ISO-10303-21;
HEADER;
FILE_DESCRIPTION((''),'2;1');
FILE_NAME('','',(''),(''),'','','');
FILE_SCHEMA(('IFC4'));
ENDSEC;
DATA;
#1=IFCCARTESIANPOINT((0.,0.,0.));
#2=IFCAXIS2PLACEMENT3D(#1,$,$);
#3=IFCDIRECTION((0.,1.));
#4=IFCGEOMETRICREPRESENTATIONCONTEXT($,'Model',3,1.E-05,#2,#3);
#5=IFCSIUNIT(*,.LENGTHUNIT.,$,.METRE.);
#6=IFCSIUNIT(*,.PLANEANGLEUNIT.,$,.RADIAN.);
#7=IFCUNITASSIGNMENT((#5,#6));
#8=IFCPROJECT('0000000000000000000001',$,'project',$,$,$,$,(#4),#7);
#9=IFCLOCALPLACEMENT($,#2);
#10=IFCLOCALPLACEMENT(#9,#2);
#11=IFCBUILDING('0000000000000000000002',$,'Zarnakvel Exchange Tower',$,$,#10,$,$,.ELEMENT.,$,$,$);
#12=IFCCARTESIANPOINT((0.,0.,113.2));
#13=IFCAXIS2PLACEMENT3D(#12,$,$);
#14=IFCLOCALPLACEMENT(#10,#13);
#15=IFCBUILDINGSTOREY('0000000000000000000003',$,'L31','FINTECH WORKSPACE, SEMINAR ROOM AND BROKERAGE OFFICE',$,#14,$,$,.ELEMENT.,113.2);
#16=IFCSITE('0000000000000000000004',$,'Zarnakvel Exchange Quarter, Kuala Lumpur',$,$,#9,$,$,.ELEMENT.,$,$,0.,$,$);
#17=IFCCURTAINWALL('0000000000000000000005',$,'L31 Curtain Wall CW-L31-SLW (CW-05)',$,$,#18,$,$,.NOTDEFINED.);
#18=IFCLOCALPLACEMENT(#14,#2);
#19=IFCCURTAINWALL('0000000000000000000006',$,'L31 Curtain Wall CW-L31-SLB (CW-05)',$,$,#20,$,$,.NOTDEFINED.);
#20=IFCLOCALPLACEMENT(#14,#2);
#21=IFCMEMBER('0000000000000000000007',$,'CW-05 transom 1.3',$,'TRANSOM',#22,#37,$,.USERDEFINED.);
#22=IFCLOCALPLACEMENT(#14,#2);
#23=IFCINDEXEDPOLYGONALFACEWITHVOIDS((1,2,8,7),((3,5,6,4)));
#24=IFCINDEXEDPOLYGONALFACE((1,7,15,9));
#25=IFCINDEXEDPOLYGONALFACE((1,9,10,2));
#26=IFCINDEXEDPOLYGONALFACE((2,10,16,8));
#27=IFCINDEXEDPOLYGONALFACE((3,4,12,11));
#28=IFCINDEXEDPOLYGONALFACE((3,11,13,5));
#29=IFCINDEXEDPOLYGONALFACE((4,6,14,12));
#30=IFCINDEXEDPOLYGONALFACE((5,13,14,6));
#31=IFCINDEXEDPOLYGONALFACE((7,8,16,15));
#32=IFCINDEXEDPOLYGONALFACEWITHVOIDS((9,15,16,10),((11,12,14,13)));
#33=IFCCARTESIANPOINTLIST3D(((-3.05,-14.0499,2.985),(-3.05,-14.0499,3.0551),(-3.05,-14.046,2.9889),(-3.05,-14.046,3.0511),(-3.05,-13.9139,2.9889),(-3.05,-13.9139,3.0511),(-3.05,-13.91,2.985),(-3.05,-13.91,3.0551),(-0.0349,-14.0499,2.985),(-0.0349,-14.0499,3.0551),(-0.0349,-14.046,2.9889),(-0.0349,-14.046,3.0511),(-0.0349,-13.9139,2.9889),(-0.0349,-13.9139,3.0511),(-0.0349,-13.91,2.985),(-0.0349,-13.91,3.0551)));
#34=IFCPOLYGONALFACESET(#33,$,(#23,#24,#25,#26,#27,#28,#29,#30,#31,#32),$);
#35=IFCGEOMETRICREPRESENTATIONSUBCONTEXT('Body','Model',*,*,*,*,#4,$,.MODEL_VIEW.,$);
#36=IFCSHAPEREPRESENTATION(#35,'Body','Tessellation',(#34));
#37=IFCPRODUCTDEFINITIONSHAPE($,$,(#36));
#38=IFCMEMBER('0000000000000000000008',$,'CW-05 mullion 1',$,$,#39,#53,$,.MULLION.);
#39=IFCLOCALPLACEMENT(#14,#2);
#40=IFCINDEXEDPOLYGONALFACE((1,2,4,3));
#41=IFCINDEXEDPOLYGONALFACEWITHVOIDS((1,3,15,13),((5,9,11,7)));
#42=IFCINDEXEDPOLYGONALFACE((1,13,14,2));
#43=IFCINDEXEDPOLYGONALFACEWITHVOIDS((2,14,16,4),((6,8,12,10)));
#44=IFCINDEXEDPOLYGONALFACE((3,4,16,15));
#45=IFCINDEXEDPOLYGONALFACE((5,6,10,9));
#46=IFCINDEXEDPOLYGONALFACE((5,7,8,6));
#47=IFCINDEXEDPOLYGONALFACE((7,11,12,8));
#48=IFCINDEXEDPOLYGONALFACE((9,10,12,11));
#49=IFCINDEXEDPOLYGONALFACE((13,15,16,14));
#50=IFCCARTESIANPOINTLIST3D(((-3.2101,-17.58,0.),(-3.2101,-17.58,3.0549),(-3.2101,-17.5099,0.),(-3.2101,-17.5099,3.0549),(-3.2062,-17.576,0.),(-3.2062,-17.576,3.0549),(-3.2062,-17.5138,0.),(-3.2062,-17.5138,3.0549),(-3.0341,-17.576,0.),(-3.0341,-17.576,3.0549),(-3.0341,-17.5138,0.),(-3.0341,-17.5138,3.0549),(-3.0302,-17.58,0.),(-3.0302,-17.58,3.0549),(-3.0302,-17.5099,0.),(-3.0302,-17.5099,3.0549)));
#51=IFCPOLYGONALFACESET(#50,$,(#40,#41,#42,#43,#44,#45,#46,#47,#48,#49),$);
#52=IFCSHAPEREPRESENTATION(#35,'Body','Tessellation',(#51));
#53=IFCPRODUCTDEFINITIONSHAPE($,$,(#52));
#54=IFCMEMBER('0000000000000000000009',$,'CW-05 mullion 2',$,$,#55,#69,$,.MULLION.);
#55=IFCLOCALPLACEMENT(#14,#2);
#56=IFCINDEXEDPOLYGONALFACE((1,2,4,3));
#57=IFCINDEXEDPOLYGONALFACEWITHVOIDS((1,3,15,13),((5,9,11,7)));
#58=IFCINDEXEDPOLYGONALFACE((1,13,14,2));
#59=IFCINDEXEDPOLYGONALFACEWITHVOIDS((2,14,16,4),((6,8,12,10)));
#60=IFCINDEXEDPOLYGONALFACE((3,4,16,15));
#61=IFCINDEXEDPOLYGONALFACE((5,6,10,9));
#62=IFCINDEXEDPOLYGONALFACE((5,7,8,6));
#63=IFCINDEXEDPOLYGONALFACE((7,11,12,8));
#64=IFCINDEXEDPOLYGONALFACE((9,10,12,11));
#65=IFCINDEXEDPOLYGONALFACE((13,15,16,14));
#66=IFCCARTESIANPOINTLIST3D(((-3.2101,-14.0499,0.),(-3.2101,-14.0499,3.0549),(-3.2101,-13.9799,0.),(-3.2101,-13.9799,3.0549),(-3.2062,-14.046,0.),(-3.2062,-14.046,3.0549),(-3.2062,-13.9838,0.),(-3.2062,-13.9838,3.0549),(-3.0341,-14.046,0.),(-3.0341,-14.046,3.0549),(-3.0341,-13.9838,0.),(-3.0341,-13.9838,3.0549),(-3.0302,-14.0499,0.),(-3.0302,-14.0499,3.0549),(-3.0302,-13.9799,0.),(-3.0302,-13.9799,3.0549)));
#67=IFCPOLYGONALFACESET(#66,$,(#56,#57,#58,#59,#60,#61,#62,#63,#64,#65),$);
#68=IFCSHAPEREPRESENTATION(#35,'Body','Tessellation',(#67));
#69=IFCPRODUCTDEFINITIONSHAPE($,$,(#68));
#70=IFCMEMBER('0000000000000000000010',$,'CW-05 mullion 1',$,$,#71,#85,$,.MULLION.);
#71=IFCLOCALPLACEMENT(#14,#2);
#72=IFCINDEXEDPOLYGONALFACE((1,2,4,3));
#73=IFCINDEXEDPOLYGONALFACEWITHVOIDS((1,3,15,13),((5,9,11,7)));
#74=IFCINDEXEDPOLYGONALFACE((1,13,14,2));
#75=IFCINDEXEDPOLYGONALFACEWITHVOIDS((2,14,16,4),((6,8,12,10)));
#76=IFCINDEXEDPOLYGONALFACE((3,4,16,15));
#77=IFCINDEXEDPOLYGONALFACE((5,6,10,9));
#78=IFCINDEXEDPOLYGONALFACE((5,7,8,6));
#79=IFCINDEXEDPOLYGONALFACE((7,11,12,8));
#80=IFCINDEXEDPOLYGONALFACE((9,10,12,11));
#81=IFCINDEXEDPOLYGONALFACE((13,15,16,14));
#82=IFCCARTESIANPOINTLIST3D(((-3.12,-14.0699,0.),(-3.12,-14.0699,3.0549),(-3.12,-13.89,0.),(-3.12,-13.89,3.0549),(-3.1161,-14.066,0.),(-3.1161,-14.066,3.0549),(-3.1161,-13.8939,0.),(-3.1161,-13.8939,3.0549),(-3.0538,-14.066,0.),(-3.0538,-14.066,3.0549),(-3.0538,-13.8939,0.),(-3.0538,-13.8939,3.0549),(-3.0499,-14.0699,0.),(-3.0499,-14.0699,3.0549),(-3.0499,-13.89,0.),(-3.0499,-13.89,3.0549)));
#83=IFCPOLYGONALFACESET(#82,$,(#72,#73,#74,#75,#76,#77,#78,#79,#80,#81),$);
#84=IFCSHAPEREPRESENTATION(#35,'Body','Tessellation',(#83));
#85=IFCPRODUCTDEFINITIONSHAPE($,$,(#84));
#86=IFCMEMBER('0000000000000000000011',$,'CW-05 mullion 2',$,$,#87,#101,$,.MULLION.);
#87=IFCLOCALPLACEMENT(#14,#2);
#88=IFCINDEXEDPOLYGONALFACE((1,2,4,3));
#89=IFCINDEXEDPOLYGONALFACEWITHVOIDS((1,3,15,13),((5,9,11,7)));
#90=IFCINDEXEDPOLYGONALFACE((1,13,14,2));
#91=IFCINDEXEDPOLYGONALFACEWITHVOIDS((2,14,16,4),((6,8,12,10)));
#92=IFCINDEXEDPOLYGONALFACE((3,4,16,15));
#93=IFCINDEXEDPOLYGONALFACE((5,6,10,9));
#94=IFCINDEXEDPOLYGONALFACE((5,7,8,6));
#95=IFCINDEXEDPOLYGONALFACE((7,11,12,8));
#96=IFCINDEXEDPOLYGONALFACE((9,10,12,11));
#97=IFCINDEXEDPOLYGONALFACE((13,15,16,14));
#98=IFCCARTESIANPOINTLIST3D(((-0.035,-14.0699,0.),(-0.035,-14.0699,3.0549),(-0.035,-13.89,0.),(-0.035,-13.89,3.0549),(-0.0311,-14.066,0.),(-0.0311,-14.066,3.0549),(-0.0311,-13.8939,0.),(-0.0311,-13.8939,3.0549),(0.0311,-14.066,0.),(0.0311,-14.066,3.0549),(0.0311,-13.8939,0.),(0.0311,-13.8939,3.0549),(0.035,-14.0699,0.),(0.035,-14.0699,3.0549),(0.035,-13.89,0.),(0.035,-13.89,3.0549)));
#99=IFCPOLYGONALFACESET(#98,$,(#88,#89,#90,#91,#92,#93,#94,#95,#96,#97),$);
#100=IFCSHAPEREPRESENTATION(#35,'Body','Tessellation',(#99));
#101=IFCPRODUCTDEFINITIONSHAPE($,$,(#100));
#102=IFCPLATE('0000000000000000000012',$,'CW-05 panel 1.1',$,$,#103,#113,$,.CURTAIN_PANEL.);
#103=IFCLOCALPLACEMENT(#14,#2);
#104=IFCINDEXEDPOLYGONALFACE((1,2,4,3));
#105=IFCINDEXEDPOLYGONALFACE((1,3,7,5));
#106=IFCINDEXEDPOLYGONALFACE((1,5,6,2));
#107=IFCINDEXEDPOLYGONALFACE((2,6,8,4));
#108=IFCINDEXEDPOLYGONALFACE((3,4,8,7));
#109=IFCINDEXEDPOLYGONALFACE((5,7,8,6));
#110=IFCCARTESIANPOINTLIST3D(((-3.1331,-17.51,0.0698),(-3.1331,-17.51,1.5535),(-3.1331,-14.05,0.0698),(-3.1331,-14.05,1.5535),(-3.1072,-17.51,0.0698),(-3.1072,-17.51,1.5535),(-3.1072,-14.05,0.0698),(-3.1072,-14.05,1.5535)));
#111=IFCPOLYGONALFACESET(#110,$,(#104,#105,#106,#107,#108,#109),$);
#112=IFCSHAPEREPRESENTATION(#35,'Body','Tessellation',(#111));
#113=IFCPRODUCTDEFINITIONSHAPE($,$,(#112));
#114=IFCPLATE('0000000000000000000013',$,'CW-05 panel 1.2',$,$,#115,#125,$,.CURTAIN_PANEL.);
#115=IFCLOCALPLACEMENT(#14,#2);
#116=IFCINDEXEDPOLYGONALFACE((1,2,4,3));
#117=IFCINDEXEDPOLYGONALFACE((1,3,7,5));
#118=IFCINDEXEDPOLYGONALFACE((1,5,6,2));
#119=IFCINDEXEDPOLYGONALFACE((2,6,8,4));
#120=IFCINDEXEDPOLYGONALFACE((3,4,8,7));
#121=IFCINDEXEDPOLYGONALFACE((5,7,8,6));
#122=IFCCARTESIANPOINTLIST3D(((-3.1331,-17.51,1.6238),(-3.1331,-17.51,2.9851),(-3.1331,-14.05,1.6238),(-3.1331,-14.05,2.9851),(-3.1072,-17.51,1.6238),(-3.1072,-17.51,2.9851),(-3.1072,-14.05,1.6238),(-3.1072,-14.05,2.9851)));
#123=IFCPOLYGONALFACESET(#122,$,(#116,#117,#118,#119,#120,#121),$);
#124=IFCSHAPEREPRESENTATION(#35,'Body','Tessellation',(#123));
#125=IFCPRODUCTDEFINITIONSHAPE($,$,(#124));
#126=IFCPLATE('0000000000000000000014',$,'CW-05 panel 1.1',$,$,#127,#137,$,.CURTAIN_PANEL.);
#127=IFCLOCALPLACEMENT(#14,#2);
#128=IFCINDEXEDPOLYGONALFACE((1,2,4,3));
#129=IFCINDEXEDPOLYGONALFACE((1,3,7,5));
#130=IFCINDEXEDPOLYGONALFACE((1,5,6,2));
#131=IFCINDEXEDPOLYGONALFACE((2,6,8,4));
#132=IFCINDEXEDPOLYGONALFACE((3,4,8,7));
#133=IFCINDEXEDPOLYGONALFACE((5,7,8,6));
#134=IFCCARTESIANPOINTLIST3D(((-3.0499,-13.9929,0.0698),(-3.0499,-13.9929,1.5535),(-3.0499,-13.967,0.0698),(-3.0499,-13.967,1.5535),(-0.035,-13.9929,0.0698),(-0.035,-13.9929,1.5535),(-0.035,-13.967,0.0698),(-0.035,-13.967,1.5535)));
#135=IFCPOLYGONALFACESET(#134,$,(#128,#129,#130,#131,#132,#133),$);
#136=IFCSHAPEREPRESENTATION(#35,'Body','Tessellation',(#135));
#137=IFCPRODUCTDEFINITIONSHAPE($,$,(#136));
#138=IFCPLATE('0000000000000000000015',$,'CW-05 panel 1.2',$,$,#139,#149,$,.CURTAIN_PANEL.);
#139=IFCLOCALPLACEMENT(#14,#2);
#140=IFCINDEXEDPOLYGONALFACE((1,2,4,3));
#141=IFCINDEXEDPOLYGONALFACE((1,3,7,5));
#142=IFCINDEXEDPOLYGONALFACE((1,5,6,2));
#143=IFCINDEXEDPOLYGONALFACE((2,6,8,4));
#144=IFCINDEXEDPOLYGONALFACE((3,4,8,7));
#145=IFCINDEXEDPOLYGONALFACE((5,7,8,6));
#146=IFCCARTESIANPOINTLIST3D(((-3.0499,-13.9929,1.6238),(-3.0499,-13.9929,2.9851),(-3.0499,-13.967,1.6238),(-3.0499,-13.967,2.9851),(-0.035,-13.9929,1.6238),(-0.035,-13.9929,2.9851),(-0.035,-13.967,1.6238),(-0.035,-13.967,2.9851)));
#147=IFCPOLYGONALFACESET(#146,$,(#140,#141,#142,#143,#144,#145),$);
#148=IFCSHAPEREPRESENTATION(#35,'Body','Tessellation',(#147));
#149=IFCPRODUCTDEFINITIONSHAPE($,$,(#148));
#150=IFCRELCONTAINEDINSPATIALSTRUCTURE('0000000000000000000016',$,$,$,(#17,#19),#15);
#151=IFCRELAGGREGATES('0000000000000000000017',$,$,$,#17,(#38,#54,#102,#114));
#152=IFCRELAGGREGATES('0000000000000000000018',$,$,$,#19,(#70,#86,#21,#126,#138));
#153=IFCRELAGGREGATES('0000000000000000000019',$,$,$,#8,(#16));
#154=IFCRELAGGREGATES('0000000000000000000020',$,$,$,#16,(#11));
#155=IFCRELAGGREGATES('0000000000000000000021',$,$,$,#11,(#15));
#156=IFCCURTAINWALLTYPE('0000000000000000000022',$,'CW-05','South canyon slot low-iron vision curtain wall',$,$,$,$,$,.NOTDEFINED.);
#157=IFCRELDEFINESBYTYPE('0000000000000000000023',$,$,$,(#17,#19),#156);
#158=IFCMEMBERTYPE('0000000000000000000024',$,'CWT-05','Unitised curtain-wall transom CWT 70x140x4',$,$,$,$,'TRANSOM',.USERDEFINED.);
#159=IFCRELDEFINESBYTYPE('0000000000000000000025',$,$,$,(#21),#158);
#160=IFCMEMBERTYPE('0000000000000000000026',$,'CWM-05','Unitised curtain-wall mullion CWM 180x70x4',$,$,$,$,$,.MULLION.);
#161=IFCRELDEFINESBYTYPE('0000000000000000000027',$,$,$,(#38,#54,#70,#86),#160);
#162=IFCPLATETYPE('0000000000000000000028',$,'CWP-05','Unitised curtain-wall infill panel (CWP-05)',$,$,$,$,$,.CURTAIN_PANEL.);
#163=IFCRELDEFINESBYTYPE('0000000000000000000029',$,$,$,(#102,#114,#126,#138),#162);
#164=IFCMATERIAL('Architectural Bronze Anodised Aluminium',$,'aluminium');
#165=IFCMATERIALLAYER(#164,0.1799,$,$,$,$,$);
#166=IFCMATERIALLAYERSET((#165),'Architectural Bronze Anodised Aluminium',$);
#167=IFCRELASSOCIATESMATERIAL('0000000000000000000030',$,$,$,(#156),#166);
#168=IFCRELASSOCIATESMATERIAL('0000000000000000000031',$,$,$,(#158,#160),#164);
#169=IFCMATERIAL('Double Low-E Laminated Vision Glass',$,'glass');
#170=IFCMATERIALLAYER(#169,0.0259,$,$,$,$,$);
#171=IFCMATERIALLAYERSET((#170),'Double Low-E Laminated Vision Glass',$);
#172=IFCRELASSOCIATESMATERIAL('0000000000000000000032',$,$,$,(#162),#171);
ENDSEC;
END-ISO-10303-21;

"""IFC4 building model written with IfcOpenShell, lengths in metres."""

from ifc_helpers import new_model, si_unit, direction, frame, origin, origin_2d, place, context, subcontext, project, spatial, rectangle, hollow_rectangle, extrude, source, transform, mapped, material, layer, layer_set, material_profile, profile_set, type_object, element, aggregate, save


model = new_model("IFC4")

# Units and contexts
model_context = context("Model", 3, precision=1e-05, world=origin(), true_north=direction((0.0, 1.0)))
body_context = subcontext(model_context, "Body", "Model", "MODEL_VIEW")
ifc_project = project(units=[si_unit("LENGTHUNIT", "METRE"), si_unit("PLANEANGLEUNIT", "RADIAN")], contexts=[model_context])

# Site, building, storey
site_placement = place(None, origin())
site = spatial("IfcSite", under=ifc_project, at=site_placement, Name="Zarnakvel Exchange Quarter, Kuala Lumpur", CompositionType="ELEMENT", RefElevation=0.0)
building_placement = place(site_placement, origin())
building = spatial("IfcBuilding", under=site, at=building_placement, Name="Zarnakvel Exchange Tower", CompositionType="ELEMENT")
storey_placement = place(building_placement, frame((0.0, 0.0, 113.2)))
storey = spatial("IfcBuildingStorey", under=building, at=storey_placement, Name="L31", Description="FINTECH WORKSPACE, SEMINAR ROOM AND BROKERAGE OFFICE", CompositionType="ELEMENT", Elevation=113.2)

# Curtain walls, member
ifc_material_1 = material(Name="Architectural Bronze Anodised Aluminium", Category="aluminium")
ifc_layer_1 = layer(ifc_material_1, 0.1799)
ifc_layer_set_1 = layer_set([ifc_layer_1], Name="Architectural Bronze Anodised Aluminium")
curtain_wall_type = type_object("IfcCurtainWallType", Name="CW-05", Description="South canyon slot low-iron vision curtain wall", PredefinedType="NOTDEFINED", material=ifc_layer_set_1)
curtain_wall_1_placement = place(storey_placement, origin())
curtain_wall_1 = element("IfcCurtainWall", 1, at=curtain_wall_1_placement, inside=storey, type_object=curtain_wall_type, Name="L31 Curtain Wall CW-L31-SLW (CW-05)", PredefinedType="NOTDEFINED")
ifc_material_profile_1 = material_profile(ifc_material_1, hollow_rectangle(XDim=0.1399, YDim=0.0701, WallThickness=0.0039, at=origin_2d()))
ifc_profile_set_1 = profile_set([ifc_material_profile_1], Name="Architectural Bronze Anodised Aluminium")
member_type_1 = type_object("IfcMemberType", Name="CWT-05", Description="Unitised curtain-wall transom CWT 70x140x4", ElementType="TRANSOM", PredefinedType="USERDEFINED", material=ifc_profile_set_1)
curtain_wall_2_placement = place(storey_placement, origin())
curtain_wall_2 = element("IfcCurtainWall", 2, at=curtain_wall_2_placement, inside=storey, type_object=curtain_wall_type, Name="L31 Curtain Wall CW-L31-SLB (CW-05)", PredefinedType="NOTDEFINED")
shared_shape_1 = source(origin(), body_context, "Body", "SweptSolid", [
    extrude(hollow_rectangle(XDim=0.1399, YDim=0.0701, WallThickness=0.0039, at=origin_2d()), origin(), (0.0, 0.0, 1.0), 3.0151),
])
member_1_placement = place(storey_placement, frame((-3.05, -13.98, 3.02), z_axis=(1.0, 0.0, 0.0), x_axis=(0.0, 1.0, 0.0)))
member_1 = element("IfcMember", 3, at=member_1_placement, type_object=member_type_1, Name="CW-05 transom 1.3", ObjectType="TRANSOM", PredefinedType="USERDEFINED", context=body_context, shape_type="MappedRepresentation", body=[
    mapped(shared_shape_1, transform((0.0, 0.0, 0.0), x_axis=(1.0, 0.0, 0.0), y_axis=(0.0, 1.0, 0.0), z_axis=(0.0, 0.0, 1.0), scale=1.0)),
])

# Members
ifc_material_profile_2 = material_profile(ifc_material_1, hollow_rectangle(XDim=0.1799, YDim=0.0701, WallThickness=0.0039, at=origin_2d()))
ifc_profile_set_2 = profile_set([ifc_material_profile_2], Name="Architectural Bronze Anodised Aluminium")
member_type_2 = type_object("IfcMemberType", Name="CWM-05", Description="Unitised curtain-wall mullion CWM 180x70x4", PredefinedType="MULLION", material=ifc_profile_set_2)
shared_shape_2 = source(origin(), body_context, "Body", "SweptSolid", [
    extrude(hollow_rectangle(XDim=0.1799, YDim=0.0701, WallThickness=0.0039, at=origin_2d()), origin(), (0.0, 0.0, 1.0), 3.0549),
])
member_2_placement = place(storey_placement, frame((-3.1201, -17.5449, 0.0), z_axis=(0.0, 0.0, 1.0), x_axis=(-1.0, 0.0, 0.0)))
member_2 = element("IfcMember", 4, at=member_2_placement, type_object=member_type_2, Name="CW-05 mullion 1", PredefinedType="MULLION", context=body_context, shape_type="MappedRepresentation", body=[
    mapped(shared_shape_2, transform((0.0, 0.0, 0.0), x_axis=(1.0, 0.0, 0.0), y_axis=(0.0, 1.0, 0.0), z_axis=(0.0, 0.0, 1.0), scale=1.0)),
])
member_3_placement = place(storey_placement, frame((-3.1201, -14.0149, 0.0), z_axis=(0.0, 0.0, 1.0), x_axis=(-1.0, 0.0, 0.0)))
member_3 = element("IfcMember", 5, at=member_3_placement, type_object=member_type_2, Name="CW-05 mullion 2", PredefinedType="MULLION", context=body_context, shape_type="MappedRepresentation", body=[
    mapped(shared_shape_2, transform((0.0, 0.0, 0.0), x_axis=(1.0, 0.0, 0.0), y_axis=(0.0, 1.0, 0.0), z_axis=(0.0, 0.0, 1.0), scale=1.0)),
])
member_4_placement = place(storey_placement, frame((-3.085, -13.98, 0.0), z_axis=(0.0, 0.0, 1.0), x_axis=(0.0, 1.0, 0.0)))
member_4 = element("IfcMember", 6, at=member_4_placement, type_object=member_type_2, Name="CW-05 mullion 1", PredefinedType="MULLION", context=body_context, shape_type="MappedRepresentation", body=[
    mapped(shared_shape_2, transform((0.0, 0.0, 0.0), x_axis=(1.0, 0.0, 0.0), y_axis=(0.0, 1.0, 0.0), z_axis=(0.0, 0.0, 1.0), scale=1.0)),
])
member_5_placement = place(storey_placement, frame((0.0, -13.98, 0.0), z_axis=(0.0, 0.0, 1.0), x_axis=(0.0, 1.0, 0.0)))
member_5 = element("IfcMember", 7, at=member_5_placement, type_object=member_type_2, Name="CW-05 mullion 2", PredefinedType="MULLION", context=body_context, shape_type="MappedRepresentation", body=[
    mapped(shared_shape_2, transform((0.0, 0.0, 0.0), x_axis=(1.0, 0.0, 0.0), y_axis=(0.0, 1.0, 0.0), z_axis=(0.0, 0.0, 1.0), scale=1.0)),
])

# Plates
ifc_material_2 = material(Name="Double Low-E Laminated Vision Glass", Category="glass")
ifc_layer_2 = layer(ifc_material_2, 0.0259)
ifc_layer_set_2 = layer_set([ifc_layer_2], Name="Double Low-E Laminated Vision Glass")
plate_type = type_object("IfcPlateType", Name="CWP-05", Description="Unitised curtain-wall infill panel (CWP-05)", PredefinedType="CURTAIN_PANEL", material=ifc_layer_set_2)
shared_shape_3 = source(origin(), body_context, "Body", "SweptSolid", [
    extrude(rectangle(XDim=3.46, YDim=0.0259, at=origin_2d()), origin(), (0.0, 0.0, 1.0), 1.4836),
])
plate_1_placement = place(storey_placement, frame((-3.1201, -15.78, 0.0698), z_axis=(0.0, 0.0, 1.0), x_axis=(0.0, 1.0, 0.0)))
plate_1 = element("IfcPlate", 8, at=plate_1_placement, type_object=plate_type, Name="CW-05 panel 1.1", PredefinedType="CURTAIN_PANEL", context=body_context, shape_type="MappedRepresentation", body=[
    mapped(shared_shape_3, transform((0.0, 0.0, 0.0), x_axis=(1.0, 0.0, 0.0), y_axis=(0.0, 1.0, 0.0), z_axis=(0.0, 0.0, 1.0), scale=1.0)),
])
shared_shape_4 = source(origin(), body_context, "Body", "SweptSolid", [
    extrude(rectangle(XDim=3.46, YDim=0.0259, at=origin_2d()), origin(), (0.0, 0.0, 1.0), 1.3613),
])
plate_2_placement = place(storey_placement, frame((-3.1201, -15.78, 1.6238), z_axis=(0.0, 0.0, 1.0), x_axis=(0.0, 1.0, 0.0)))
plate_2 = element("IfcPlate", 9, at=plate_2_placement, type_object=plate_type, Name="CW-05 panel 1.2", PredefinedType="CURTAIN_PANEL", context=body_context, shape_type="MappedRepresentation", body=[
    mapped(shared_shape_4, transform((0.0, 0.0, 0.0), x_axis=(1.0, 0.0, 0.0), y_axis=(0.0, 1.0, 0.0), z_axis=(0.0, 0.0, 1.0), scale=1.0)),
])
aggregate(curtain_wall_1, [member_2, member_3, plate_1, plate_2])
shared_shape_5 = source(origin(), body_context, "Body", "SweptSolid", [
    extrude(rectangle(XDim=3.0149, YDim=0.0259, at=origin_2d()), origin(), (0.0, 0.0, 1.0), 1.4836),
])
plate_3_placement = place(storey_placement, frame((-1.5425, -13.98, 0.0698), z_axis=(0.0, 0.0, 1.0), x_axis=(1.0, 0.0, 0.0)))
plate_3 = element("IfcPlate", 10, at=plate_3_placement, type_object=plate_type, Name="CW-05 panel 1.1", PredefinedType="CURTAIN_PANEL", context=body_context, shape_type="MappedRepresentation", body=[
    mapped(shared_shape_5, transform((0.0, 0.0, 0.0), x_axis=(1.0, 0.0, 0.0), y_axis=(0.0, 1.0, 0.0), z_axis=(0.0, 0.0, 1.0), scale=1.0)),
])
shared_shape_6 = source(origin(), body_context, "Body", "SweptSolid", [
    extrude(rectangle(XDim=3.0149, YDim=0.0259, at=origin_2d()), origin(), (0.0, 0.0, 1.0), 1.3613),
])
plate_4_placement = place(storey_placement, frame((-1.5425, -13.98, 1.6238), z_axis=(0.0, 0.0, 1.0), x_axis=(1.0, 0.0, 0.0)))
plate_4 = element("IfcPlate", 11, at=plate_4_placement, type_object=plate_type, Name="CW-05 panel 1.2", PredefinedType="CURTAIN_PANEL", context=body_context, shape_type="MappedRepresentation", body=[
    mapped(shared_shape_6, transform((0.0, 0.0, 0.0), x_axis=(1.0, 0.0, 0.0), y_axis=(0.0, 1.0, 0.0), z_axis=(0.0, 0.0, 1.0), scale=1.0)),
])
aggregate(curtain_wall_2, [member_4, member_5, member_1, plate_3, plate_4])

save(model, "model.ifc")
